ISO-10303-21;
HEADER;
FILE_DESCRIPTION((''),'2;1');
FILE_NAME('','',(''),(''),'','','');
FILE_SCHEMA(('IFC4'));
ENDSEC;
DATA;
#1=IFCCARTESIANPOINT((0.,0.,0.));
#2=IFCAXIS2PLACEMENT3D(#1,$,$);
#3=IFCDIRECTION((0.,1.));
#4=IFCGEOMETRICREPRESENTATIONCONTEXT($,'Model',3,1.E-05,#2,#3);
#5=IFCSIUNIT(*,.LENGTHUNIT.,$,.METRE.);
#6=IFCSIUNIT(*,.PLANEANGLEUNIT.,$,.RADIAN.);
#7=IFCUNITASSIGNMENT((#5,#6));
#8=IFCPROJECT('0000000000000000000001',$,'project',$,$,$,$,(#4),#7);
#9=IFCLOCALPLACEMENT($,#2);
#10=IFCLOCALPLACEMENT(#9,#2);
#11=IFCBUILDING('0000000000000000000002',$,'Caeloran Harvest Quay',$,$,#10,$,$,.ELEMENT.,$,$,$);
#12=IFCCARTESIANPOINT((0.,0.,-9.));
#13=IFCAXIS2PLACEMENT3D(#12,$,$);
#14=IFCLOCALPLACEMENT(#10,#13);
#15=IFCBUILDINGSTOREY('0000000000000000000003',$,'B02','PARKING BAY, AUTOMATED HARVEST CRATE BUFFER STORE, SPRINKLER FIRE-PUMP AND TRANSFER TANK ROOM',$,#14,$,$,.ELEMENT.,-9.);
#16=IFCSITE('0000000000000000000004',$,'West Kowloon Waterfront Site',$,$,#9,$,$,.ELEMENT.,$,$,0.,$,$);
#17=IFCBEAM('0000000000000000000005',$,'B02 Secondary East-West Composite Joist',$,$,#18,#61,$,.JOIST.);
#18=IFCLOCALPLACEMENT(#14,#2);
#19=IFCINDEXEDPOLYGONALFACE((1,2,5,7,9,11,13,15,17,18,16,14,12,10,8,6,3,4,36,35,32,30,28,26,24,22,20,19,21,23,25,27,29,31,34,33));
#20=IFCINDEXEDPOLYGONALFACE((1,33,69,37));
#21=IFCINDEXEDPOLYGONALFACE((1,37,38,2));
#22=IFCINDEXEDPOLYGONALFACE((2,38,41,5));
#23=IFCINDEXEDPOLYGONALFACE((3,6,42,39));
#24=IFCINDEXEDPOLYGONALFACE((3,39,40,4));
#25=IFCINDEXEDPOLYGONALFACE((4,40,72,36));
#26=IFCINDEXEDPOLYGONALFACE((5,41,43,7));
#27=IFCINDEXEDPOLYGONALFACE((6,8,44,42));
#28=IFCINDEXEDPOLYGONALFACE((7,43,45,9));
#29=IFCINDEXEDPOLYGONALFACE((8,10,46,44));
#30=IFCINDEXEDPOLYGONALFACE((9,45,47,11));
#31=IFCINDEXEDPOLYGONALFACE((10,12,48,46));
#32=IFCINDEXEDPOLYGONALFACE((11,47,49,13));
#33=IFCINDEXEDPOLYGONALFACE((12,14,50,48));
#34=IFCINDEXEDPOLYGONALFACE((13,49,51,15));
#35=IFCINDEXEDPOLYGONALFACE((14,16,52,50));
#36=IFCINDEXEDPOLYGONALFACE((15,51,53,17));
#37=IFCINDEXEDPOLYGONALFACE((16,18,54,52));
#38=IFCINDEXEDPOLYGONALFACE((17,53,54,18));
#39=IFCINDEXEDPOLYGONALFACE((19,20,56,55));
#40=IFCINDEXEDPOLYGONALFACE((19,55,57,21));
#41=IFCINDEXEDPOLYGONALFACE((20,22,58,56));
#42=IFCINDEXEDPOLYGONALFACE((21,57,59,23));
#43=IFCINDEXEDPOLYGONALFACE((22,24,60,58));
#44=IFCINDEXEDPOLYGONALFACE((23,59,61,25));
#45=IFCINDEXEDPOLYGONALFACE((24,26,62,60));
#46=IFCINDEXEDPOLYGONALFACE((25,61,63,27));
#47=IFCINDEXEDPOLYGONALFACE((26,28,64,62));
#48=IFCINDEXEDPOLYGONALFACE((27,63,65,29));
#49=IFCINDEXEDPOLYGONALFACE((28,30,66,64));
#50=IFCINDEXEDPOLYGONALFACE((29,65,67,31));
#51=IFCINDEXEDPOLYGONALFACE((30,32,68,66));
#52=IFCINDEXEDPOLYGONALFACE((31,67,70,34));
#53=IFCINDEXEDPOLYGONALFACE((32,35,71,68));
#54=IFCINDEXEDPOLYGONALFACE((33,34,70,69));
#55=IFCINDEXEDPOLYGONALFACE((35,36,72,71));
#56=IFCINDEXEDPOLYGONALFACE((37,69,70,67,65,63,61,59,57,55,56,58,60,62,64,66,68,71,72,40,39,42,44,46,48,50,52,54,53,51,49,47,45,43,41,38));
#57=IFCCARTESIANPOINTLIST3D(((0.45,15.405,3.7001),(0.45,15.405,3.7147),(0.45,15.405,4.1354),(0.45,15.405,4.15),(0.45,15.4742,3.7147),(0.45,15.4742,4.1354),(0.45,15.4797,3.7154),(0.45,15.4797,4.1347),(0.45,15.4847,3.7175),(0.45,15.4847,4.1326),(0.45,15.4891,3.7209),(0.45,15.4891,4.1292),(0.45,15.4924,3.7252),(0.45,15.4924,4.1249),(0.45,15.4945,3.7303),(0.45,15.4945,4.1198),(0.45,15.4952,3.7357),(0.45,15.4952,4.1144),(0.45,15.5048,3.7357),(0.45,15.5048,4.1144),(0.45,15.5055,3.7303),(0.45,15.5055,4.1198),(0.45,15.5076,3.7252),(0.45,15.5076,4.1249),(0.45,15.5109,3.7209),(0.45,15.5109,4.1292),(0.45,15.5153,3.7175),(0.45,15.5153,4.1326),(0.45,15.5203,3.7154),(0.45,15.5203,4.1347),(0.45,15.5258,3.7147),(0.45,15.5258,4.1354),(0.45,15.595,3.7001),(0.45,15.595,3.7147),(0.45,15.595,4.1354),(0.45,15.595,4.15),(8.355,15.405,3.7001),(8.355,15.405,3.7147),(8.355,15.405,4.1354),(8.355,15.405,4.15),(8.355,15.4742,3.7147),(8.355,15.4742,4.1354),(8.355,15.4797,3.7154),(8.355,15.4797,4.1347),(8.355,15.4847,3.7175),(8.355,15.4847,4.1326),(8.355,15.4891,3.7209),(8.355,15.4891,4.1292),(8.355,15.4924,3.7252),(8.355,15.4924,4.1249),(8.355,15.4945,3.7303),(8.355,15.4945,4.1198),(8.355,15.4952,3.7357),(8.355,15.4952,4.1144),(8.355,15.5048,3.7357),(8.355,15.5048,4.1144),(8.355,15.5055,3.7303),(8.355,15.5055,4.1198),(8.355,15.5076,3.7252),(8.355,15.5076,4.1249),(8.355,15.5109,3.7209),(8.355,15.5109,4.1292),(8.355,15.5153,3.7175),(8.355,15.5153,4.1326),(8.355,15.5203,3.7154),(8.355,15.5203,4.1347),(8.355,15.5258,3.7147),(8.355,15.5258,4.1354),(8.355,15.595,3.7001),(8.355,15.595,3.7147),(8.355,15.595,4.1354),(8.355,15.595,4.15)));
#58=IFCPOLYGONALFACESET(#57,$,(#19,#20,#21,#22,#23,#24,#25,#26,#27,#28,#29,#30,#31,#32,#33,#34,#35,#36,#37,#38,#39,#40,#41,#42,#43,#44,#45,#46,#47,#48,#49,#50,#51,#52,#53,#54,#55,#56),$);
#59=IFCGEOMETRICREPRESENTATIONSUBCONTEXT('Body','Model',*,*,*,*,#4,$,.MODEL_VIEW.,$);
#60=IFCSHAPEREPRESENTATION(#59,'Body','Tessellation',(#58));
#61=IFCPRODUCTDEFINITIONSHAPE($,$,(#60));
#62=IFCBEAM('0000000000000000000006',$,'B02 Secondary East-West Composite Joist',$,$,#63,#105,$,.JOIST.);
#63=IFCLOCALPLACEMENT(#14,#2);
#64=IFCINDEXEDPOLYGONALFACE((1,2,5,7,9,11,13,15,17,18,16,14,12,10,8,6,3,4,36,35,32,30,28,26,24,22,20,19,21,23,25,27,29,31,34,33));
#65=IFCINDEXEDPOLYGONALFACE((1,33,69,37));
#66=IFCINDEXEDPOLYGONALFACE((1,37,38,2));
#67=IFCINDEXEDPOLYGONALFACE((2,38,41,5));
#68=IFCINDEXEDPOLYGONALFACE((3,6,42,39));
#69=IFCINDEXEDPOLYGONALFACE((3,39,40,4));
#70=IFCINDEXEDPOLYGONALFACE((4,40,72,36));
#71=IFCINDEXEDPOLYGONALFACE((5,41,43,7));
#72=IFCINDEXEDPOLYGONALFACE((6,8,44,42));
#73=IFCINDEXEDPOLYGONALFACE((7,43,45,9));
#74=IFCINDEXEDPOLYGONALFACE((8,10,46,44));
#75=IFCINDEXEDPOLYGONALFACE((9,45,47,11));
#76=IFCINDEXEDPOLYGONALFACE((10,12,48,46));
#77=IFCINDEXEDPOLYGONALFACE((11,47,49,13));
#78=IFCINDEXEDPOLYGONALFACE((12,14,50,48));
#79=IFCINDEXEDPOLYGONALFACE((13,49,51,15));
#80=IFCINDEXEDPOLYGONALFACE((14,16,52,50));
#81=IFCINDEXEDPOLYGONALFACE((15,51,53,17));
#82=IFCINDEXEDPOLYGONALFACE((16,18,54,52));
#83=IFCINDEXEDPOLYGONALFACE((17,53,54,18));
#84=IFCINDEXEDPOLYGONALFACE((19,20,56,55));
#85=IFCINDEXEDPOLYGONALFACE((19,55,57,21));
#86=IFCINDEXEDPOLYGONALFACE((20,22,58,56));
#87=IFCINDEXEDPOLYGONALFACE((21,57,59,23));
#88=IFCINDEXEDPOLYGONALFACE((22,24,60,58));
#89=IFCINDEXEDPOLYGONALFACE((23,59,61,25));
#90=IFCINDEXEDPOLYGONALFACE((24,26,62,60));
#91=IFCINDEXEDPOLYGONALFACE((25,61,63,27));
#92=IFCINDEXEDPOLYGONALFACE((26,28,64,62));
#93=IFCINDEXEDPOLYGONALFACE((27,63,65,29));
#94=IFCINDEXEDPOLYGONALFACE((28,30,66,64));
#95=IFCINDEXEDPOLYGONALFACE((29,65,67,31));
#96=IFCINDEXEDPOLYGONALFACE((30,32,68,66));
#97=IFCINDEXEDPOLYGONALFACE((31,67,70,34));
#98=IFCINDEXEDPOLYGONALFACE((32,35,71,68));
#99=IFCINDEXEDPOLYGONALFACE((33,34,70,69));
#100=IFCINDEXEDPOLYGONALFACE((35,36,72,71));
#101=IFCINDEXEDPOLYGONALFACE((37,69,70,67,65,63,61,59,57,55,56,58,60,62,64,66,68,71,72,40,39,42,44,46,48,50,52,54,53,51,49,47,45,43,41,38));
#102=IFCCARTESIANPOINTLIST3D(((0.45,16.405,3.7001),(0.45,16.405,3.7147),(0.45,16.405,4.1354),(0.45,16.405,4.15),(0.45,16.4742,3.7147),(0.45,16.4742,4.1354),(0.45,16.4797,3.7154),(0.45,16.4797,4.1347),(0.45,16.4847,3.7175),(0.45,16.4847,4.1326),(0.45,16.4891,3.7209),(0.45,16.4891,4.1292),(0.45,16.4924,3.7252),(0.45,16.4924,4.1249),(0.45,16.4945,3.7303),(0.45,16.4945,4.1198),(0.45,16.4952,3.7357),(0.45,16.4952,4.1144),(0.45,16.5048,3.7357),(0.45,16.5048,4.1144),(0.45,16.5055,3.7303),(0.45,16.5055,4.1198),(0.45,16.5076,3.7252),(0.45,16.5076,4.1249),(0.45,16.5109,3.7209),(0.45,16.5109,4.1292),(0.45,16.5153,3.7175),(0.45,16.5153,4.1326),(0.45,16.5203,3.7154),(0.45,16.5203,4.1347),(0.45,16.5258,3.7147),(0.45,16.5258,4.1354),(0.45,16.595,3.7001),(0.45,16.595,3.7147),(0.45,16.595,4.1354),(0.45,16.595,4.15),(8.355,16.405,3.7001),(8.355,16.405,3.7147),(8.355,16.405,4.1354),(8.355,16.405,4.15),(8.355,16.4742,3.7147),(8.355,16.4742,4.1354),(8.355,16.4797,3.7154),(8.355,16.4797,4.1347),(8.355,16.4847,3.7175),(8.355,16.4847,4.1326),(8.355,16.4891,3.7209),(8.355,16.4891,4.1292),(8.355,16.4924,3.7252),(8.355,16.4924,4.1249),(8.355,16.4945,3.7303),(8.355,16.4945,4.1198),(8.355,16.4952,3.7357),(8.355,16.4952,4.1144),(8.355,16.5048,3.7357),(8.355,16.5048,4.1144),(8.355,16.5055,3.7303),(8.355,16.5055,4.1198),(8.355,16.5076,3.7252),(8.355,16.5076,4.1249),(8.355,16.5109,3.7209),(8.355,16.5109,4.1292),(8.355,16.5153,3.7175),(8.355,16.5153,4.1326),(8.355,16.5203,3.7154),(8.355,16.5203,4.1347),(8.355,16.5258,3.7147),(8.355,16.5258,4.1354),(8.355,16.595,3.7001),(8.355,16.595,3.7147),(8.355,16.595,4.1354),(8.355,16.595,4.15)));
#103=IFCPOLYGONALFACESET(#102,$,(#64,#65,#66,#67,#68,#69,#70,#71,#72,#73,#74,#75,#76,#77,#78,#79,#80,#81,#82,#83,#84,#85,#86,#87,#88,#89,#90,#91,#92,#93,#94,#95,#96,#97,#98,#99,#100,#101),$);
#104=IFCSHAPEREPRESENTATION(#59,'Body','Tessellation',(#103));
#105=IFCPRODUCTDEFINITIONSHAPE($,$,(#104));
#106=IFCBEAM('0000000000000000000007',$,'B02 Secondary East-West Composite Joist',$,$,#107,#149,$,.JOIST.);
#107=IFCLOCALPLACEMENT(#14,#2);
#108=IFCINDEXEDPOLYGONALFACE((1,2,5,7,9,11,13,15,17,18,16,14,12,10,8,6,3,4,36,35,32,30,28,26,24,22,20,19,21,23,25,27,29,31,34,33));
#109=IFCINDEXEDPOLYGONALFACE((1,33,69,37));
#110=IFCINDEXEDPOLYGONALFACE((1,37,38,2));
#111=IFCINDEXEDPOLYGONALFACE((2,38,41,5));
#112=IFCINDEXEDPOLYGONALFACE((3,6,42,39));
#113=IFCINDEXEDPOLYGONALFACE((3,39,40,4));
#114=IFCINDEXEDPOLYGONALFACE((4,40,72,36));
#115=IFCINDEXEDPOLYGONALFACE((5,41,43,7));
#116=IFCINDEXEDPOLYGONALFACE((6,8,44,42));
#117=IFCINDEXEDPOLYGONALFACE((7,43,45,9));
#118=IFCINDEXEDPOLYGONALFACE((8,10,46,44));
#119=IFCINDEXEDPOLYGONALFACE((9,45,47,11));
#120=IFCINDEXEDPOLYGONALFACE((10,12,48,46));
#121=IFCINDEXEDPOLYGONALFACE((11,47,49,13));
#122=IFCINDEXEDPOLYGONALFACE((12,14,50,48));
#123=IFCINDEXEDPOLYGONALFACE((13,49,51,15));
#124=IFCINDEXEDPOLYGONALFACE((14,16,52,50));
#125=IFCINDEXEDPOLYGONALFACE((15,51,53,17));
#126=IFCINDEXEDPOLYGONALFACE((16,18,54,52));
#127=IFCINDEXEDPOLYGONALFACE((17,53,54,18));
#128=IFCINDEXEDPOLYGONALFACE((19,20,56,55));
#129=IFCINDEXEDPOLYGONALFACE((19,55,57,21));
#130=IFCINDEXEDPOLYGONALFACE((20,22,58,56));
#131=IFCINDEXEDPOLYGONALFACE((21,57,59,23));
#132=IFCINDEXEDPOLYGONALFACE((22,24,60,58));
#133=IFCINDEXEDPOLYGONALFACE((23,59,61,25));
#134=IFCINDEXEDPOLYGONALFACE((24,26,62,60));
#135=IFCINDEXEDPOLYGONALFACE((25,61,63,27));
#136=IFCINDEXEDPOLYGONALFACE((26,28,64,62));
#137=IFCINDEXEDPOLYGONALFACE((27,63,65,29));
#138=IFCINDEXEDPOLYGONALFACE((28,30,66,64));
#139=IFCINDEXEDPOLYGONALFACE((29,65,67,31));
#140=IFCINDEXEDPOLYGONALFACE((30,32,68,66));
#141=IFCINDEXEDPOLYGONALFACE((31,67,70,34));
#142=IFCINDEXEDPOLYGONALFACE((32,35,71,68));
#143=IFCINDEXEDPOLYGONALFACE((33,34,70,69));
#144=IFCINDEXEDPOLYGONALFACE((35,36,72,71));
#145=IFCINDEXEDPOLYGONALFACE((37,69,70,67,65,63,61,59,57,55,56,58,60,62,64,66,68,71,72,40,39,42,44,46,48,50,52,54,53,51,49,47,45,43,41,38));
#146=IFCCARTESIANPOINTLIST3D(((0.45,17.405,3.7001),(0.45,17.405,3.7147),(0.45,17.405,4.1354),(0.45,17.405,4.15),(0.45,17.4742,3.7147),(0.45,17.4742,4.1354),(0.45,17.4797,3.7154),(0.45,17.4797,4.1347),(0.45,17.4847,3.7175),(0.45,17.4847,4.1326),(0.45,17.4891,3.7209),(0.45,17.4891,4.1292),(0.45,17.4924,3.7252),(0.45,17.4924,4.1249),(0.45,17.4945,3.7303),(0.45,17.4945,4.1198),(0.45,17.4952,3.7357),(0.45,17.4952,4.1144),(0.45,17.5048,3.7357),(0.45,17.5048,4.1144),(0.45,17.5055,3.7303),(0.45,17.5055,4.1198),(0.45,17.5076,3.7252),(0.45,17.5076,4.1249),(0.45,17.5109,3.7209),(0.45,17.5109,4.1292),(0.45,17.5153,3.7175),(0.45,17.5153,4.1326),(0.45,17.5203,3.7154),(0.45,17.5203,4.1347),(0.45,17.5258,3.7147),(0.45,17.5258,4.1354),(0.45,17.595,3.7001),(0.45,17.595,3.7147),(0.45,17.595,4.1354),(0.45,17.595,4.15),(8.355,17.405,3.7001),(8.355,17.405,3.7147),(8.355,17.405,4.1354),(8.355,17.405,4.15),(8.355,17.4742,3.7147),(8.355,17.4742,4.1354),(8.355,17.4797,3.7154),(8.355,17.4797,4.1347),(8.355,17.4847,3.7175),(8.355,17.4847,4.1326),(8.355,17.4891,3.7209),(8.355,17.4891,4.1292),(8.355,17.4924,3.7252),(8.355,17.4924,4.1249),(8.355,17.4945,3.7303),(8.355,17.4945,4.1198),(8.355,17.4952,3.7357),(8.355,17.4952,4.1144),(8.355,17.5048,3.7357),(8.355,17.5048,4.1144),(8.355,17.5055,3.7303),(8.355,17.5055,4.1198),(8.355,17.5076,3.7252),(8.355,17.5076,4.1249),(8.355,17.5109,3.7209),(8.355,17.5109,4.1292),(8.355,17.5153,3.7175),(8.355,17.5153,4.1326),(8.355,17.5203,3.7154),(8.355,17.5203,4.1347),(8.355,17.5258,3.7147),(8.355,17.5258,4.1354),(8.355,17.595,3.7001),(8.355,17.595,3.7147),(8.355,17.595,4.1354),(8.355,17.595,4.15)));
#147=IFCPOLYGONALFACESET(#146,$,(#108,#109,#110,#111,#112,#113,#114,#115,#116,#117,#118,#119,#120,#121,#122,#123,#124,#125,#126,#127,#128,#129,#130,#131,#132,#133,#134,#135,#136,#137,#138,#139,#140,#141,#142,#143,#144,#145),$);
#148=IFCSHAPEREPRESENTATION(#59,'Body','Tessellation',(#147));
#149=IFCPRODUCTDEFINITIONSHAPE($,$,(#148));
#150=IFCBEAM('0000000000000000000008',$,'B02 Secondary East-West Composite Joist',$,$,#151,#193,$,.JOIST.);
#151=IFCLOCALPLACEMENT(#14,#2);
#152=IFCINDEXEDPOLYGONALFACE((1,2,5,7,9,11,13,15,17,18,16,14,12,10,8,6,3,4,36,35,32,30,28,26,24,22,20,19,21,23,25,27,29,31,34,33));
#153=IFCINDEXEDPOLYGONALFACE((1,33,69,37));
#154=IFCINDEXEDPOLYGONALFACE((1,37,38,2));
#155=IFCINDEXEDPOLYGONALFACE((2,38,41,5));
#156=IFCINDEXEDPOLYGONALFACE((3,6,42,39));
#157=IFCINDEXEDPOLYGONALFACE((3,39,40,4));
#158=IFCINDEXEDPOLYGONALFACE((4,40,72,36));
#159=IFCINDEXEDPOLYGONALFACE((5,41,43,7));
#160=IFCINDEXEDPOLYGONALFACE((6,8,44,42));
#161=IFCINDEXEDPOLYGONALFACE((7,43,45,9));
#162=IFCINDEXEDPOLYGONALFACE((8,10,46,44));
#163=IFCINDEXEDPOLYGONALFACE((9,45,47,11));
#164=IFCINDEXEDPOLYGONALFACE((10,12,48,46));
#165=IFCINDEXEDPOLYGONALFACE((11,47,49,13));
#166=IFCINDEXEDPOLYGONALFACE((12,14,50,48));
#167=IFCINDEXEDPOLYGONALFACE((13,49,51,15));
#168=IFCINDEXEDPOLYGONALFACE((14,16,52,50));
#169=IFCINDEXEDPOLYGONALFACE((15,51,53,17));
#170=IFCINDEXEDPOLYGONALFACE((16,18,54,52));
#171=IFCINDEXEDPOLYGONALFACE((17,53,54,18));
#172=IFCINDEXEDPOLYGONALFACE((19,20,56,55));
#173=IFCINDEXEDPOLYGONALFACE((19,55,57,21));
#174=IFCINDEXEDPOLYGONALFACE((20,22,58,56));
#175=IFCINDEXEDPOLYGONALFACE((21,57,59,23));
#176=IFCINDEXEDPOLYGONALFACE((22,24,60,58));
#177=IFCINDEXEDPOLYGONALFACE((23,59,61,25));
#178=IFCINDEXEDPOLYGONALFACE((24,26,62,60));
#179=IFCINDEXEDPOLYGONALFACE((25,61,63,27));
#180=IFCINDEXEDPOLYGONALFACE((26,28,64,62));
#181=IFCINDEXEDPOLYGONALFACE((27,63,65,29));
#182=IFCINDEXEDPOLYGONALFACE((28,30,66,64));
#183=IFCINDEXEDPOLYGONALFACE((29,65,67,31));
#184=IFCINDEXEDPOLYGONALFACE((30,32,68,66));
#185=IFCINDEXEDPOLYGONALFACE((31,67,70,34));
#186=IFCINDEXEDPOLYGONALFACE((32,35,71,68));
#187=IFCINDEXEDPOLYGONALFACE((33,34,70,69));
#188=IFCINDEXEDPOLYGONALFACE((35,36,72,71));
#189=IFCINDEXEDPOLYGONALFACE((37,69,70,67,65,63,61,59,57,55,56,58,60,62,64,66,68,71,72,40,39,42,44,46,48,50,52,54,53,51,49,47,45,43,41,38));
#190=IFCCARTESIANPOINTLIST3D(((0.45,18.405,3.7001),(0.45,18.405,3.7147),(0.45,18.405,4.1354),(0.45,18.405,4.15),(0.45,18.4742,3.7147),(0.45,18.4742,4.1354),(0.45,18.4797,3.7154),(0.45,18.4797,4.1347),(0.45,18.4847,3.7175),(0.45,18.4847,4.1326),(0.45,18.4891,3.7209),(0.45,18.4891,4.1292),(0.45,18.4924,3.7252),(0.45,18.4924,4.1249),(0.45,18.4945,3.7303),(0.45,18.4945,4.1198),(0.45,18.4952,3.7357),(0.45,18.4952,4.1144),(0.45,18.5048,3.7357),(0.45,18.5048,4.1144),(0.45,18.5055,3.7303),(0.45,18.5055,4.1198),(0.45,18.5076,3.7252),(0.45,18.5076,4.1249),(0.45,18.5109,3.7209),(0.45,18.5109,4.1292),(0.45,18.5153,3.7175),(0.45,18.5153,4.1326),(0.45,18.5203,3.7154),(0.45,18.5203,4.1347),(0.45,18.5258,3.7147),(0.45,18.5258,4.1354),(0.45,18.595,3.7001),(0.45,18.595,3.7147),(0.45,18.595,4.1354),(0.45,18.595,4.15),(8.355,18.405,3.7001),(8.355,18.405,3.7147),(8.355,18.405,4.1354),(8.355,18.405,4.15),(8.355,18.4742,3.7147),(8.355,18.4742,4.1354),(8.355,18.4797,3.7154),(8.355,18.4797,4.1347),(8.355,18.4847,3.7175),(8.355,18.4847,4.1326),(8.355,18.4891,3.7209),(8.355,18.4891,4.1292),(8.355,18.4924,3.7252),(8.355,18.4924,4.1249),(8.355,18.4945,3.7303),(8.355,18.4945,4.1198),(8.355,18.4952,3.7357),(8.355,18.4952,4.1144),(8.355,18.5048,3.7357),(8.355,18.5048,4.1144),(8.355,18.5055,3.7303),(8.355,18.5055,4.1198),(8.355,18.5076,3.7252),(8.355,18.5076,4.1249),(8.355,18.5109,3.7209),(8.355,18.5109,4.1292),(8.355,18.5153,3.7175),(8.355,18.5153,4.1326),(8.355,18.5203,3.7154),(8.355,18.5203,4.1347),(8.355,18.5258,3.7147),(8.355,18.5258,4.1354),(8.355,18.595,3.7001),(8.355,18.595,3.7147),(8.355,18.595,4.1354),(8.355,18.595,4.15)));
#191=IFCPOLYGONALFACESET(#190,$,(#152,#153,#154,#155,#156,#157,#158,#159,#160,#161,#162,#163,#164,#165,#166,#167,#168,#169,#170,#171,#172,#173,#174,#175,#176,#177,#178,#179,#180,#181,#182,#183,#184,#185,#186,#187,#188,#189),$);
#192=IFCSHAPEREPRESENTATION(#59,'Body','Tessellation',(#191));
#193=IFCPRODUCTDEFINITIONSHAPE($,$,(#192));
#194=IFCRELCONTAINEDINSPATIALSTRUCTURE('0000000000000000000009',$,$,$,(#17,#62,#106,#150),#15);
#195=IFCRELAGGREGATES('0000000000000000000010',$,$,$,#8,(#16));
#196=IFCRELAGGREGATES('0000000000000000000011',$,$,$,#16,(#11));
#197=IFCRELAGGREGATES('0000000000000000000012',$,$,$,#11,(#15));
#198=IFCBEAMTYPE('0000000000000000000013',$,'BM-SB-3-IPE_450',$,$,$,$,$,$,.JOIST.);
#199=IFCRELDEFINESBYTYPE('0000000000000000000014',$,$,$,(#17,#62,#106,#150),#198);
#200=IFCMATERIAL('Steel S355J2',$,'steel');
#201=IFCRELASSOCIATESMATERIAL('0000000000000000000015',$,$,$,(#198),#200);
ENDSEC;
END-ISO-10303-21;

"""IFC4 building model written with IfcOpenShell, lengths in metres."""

from ifc_helpers import new_model, si_unit, direction, frame, origin, origin_2d, place, context, subcontext, project, spatial, i_section, extrude, material, material_profile, profile_set, type_object, element, save


model = new_model("IFC4")

# Units and contexts
model_context = context("Model", 3, precision=1e-05, world=origin(), true_north=direction((0.0, 1.0)))
body_context = subcontext(model_context, "Body", "Model", "MODEL_VIEW")
ifc_project = project(units=[si_unit("LENGTHUNIT", "METRE"), si_unit("PLANEANGLEUNIT", "RADIAN")], contexts=[model_context])

# Site, building, storey
site_placement = place(None, origin())
site = spatial("IfcSite", under=ifc_project, at=site_placement, Name="West Kowloon Waterfront Site", CompositionType="ELEMENT", RefElevation=0.0)
building_placement = place(site_placement, origin())
building = spatial("IfcBuilding", under=site, at=building_placement, Name="Caeloran Harvest Quay", CompositionType="ELEMENT")
storey_placement = place(building_placement, frame((0.0, 0.0, -9.0)))
storey = spatial("IfcBuildingStorey", under=building, at=storey_placement, Name="B02", Description="PARKING BAY, AUTOMATED HARVEST CRATE BUFFER STORE, SPRINKLER FIRE-PUMP AND TRANSFER TANK ROOM", CompositionType="ELEMENT", Elevation=-9.0)

# Beams
ifc_material_1 = material(Name="Steel S355J2", Category="steel")
ifc_material_profile_1 = material_profile(ifc_material_1, i_section(OverallWidth=0.1899, OverallDepth=0.45, WebThickness=0.0095, FlangeThickness=0.0146, FilletRadius=0.021, at=origin_2d()), Name="IPE 450")
ifc_profile_set_1 = profile_set([ifc_material_profile_1], Name="Steel S355J2")
beam_type_1 = type_object("IfcBeamType", Name="BM-SB-3-IPE_450", PredefinedType="JOIST", material=ifc_profile_set_1)
for number, where, z_axis, x_axis, name in (
    (1, (0.45, 15.5, 3.925), (1.0, 0.0, 0.0), (0.0, 1.0, 0.0), "B02 Secondary East-West Composite Joist"),
    (2, (0.45, 16.5, 3.925), (1.0, 0.0, 0.0), (0.0, 1.0, 0.0), "B02 Secondary East-West Composite Joist"),
    (3, (0.45, 17.5, 3.925), (1.0, 0.0, 0.0), (0.0, 1.0, 0.0), "B02 Secondary East-West Composite Joist"),
    (4, (0.45, 18.5, 3.925), (1.0, 0.0, 0.0), (0.0, 1.0, 0.0), "B02 Secondary East-West Composite Joist"),
):
    element("IfcBeam", number, at=place(storey_placement, frame(where, z_axis=z_axis, x_axis=x_axis)), inside=storey, type_object=beam_type_1, Name=name, PredefinedType="JOIST", context=body_context, shape_type="SweptSolid", body=[
        extrude(i_section(OverallWidth=0.1899, OverallDepth=0.45, WebThickness=0.0095, FlangeThickness=0.0146, FilletRadius=0.021, at=origin_2d()), origin(), (0.0, 0.0, 1.0), 7.905),
    ])

save(model, "model.ifc")
